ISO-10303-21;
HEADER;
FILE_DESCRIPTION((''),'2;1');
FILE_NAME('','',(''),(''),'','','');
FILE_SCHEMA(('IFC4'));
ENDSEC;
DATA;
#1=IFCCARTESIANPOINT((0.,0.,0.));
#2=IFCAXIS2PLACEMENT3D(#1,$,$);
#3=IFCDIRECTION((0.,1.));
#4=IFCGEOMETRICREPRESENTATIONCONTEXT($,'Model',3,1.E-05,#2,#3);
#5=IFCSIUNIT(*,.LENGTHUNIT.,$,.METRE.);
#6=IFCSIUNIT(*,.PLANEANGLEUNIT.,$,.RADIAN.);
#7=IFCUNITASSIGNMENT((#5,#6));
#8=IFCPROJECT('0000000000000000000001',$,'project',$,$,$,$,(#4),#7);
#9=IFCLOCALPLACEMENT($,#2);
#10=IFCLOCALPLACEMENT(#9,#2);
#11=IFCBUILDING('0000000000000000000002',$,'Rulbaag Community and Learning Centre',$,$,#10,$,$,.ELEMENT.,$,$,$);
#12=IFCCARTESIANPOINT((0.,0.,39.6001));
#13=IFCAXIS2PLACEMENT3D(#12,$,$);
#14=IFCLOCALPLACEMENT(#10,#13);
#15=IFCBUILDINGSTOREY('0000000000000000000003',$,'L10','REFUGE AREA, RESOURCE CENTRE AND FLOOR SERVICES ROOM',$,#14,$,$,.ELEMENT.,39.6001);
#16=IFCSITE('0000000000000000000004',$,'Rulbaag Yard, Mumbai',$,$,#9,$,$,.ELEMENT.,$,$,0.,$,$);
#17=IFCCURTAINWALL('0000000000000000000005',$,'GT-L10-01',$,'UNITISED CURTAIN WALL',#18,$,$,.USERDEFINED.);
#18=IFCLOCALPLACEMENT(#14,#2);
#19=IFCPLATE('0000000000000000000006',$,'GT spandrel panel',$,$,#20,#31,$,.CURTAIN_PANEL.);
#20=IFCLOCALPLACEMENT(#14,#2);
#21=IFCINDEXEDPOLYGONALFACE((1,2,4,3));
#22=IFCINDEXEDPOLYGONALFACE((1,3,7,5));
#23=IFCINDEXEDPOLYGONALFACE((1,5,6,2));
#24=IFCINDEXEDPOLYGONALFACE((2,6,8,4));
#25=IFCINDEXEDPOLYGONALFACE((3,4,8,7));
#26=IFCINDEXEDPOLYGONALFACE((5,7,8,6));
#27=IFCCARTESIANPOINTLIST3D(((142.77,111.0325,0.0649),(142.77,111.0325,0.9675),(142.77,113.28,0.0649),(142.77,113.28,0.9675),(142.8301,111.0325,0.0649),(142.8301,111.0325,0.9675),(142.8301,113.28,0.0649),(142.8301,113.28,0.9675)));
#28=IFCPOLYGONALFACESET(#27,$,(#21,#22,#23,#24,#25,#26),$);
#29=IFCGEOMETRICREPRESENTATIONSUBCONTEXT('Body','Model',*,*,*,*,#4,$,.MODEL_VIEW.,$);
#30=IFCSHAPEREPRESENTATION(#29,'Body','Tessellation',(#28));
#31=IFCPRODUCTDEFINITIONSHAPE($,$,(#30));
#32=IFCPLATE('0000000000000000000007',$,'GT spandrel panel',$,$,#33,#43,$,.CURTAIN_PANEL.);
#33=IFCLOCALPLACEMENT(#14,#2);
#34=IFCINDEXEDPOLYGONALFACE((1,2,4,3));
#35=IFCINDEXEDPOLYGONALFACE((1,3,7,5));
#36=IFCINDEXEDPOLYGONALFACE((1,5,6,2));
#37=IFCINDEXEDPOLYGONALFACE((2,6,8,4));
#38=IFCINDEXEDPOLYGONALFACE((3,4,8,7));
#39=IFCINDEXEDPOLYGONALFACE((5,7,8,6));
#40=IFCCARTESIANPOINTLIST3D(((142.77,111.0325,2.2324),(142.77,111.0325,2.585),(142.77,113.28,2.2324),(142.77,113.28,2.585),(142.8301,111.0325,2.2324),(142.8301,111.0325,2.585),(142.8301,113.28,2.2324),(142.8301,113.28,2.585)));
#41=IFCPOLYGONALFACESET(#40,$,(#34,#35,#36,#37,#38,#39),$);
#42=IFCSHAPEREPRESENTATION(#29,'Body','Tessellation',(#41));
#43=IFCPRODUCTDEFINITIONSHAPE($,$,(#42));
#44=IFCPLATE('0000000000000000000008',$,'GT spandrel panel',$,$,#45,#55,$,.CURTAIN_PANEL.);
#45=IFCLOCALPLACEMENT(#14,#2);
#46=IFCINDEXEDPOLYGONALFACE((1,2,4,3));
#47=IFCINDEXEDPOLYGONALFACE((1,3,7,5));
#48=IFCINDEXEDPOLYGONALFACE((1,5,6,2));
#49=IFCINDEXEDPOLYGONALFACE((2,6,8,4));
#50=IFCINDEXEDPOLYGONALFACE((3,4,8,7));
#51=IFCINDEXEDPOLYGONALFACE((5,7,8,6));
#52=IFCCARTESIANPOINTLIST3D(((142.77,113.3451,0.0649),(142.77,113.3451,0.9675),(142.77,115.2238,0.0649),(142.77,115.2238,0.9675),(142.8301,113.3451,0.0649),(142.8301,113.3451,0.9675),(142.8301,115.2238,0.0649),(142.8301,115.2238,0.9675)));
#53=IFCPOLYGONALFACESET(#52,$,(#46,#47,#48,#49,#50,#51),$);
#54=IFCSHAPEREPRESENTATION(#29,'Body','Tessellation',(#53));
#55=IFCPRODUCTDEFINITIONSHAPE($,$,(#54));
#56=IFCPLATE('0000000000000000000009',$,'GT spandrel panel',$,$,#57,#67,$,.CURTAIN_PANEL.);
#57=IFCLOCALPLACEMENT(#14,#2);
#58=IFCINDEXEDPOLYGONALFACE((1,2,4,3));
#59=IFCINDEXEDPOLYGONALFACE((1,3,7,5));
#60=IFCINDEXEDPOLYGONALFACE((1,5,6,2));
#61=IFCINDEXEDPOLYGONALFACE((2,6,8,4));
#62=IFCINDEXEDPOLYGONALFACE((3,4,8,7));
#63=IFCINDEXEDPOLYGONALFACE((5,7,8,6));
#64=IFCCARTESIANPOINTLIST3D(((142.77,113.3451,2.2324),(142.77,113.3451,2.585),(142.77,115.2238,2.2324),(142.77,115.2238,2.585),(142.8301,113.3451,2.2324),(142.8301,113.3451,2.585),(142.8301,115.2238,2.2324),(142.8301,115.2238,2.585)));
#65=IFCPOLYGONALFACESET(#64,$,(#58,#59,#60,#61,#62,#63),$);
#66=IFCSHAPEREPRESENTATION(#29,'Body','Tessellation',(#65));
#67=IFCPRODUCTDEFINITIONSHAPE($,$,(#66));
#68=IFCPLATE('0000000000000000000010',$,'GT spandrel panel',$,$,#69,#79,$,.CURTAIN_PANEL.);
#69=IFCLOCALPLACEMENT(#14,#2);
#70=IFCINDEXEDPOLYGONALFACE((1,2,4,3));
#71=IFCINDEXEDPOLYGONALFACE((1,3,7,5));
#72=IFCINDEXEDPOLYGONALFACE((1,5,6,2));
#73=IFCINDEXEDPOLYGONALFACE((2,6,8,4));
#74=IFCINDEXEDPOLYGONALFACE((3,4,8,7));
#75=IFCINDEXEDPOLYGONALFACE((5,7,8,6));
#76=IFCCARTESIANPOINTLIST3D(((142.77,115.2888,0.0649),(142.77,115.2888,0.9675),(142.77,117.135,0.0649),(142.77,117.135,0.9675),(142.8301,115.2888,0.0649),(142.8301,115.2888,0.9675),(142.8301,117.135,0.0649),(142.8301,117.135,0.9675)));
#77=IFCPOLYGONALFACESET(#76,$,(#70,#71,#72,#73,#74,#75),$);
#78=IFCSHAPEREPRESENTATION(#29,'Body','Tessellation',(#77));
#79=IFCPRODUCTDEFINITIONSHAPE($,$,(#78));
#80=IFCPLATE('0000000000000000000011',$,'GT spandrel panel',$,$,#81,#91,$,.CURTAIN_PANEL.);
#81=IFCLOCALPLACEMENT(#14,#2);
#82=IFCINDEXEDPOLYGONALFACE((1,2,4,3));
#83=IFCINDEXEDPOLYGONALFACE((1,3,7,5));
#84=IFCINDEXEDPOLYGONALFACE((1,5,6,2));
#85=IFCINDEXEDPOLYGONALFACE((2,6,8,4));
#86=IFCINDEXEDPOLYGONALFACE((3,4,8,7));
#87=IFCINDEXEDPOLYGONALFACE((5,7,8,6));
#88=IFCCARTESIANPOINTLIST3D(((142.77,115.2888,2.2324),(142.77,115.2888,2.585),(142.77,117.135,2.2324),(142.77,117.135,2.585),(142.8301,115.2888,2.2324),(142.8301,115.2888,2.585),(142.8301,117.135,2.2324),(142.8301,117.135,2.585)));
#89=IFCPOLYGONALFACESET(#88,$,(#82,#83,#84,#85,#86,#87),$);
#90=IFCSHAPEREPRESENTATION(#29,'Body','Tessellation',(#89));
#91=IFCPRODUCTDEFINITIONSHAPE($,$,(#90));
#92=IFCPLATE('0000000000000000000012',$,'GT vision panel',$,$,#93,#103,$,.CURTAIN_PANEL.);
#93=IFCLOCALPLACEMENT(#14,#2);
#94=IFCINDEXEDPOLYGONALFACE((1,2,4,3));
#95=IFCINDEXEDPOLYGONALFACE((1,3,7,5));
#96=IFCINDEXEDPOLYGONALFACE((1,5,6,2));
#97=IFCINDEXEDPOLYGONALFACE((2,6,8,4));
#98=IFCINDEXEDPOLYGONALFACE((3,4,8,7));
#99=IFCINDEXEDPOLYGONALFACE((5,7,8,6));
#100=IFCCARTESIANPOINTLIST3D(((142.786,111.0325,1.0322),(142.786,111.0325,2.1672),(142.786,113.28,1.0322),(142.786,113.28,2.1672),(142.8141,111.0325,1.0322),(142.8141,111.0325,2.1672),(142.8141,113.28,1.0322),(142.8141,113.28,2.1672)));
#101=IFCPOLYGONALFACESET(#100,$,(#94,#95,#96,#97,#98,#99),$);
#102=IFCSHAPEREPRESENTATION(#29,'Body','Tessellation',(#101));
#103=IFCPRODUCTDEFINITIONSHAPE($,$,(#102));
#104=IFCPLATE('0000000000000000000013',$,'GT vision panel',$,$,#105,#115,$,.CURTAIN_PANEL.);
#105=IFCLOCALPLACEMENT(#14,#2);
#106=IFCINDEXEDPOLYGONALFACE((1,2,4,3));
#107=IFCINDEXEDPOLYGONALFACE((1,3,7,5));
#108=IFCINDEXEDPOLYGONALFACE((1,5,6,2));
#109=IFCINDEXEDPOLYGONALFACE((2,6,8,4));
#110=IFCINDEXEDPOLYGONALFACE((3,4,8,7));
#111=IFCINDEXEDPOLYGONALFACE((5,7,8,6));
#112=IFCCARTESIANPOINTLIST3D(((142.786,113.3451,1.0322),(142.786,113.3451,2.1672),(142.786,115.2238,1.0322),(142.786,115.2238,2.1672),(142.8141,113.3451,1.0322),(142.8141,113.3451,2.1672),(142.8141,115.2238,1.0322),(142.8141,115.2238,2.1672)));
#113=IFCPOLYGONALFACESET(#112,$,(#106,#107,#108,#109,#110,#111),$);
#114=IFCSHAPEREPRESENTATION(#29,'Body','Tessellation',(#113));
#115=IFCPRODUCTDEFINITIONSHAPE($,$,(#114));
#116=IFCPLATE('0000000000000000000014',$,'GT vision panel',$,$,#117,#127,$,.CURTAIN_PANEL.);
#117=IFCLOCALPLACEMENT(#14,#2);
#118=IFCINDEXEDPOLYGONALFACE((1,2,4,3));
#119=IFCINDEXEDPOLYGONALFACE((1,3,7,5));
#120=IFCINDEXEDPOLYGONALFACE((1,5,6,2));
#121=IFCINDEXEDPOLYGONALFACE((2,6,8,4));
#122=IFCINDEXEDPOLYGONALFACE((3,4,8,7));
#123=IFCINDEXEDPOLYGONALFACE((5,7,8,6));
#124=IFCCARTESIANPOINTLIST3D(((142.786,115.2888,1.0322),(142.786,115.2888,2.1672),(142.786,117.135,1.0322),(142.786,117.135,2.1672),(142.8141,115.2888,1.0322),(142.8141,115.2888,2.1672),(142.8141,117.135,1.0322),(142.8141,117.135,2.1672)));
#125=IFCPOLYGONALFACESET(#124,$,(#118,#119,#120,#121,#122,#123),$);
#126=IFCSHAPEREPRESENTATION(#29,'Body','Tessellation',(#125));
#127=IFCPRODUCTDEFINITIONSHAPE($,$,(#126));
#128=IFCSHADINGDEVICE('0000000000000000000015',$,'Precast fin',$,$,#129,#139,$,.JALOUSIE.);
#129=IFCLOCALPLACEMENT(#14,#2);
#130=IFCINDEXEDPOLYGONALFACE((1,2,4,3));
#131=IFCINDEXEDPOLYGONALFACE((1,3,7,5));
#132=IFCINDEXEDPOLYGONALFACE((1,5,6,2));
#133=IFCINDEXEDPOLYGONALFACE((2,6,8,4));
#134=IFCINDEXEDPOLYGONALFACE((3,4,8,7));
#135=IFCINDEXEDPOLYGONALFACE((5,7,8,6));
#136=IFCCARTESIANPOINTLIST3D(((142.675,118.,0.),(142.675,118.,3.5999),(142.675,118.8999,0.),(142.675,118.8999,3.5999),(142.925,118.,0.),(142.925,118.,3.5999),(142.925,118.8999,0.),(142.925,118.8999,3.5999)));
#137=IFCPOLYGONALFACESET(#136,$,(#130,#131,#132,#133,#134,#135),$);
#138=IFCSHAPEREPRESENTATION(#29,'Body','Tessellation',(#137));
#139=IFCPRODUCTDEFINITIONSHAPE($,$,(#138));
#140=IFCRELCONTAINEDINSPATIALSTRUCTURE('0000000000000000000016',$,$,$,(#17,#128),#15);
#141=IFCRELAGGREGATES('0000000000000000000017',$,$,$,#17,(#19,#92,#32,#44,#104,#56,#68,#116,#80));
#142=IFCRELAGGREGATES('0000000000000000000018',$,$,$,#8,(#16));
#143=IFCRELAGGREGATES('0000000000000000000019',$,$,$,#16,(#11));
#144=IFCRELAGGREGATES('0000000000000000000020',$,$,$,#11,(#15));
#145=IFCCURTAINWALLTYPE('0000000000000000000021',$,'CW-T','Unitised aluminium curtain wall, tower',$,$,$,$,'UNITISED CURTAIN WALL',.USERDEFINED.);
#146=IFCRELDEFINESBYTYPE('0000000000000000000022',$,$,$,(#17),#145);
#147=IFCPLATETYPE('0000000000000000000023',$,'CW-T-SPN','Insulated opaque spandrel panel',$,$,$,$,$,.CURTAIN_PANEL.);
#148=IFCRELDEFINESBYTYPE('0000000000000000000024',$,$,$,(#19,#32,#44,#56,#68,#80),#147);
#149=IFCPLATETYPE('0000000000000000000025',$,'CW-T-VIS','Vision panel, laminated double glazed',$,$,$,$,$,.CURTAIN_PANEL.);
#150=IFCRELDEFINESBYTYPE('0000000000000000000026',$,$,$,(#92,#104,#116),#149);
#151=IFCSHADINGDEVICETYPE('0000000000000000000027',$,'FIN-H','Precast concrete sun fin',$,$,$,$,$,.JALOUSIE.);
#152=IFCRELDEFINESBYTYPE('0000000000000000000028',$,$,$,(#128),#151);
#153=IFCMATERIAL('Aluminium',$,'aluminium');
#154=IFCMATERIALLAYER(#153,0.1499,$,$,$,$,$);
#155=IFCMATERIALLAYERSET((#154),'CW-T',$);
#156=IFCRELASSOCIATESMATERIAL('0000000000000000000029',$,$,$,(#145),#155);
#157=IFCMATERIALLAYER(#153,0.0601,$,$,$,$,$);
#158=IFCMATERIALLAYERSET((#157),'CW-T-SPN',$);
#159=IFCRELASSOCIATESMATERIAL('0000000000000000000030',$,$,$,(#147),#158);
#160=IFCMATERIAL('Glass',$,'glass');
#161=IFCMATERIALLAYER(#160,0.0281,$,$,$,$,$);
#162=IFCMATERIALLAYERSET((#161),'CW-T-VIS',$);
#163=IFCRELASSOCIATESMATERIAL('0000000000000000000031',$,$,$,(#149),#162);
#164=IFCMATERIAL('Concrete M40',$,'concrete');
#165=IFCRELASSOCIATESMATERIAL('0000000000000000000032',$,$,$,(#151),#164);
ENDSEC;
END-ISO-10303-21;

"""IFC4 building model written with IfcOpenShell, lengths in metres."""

from ifc_helpers import new_model, si_unit, direction, frame, origin, origin_2d, place, context, subcontext, project, spatial, rectangle, extrude, material, layer, layer_set, material_profile, profile_set, type_object, element, aggregate, save


model = new_model("IFC4")

# Units and contexts
model_context = context("Model", 3, precision=1e-05, world=origin(), true_north=direction((0.0, 1.0)))
body_context = subcontext(model_context, "Body", "Model", "MODEL_VIEW")
ifc_project = project(units=[si_unit("LENGTHUNIT", "METRE"), si_unit("PLANEANGLEUNIT", "RADIAN")], contexts=[model_context])

# Site, building, storey
site_placement = place(None, origin())
site = spatial("IfcSite", under=ifc_project, at=site_placement, Name="Rulbaag Yard, Mumbai", CompositionType="ELEMENT", RefElevation=0.0)
building_placement = place(site_placement, origin())
building = spatial("IfcBuilding", under=site, at=building_placement, Name="Rulbaag Community and Learning Centre", CompositionType="ELEMENT")
storey_placement = place(building_placement, frame((0.0, 0.0, 39.6001)))
storey = spatial("IfcBuildingStorey", under=building, at=storey_placement, Name="L10", Description="REFUGE AREA, RESOURCE CENTRE AND FLOOR SERVICES ROOM", CompositionType="ELEMENT", Elevation=39.6001)

# Shared definitions
ifc_material_1 = material(Name="Concrete M40", Category="concrete")

# Curtain wall, plates
ifc_material_2 = material(Name="Aluminium", Category="aluminium")
ifc_layer_1 = layer(ifc_material_2, 0.1499)
ifc_layer_set_1 = layer_set([ifc_layer_1], Name="CW-T")
curtain_wall_type = type_object("IfcCurtainWallType", Name="CW-T", Description="Unitised aluminium curtain wall, tower", ElementType="UNITISED CURTAIN WALL", PredefinedType="USERDEFINED", material=ifc_layer_set_1)
curtain_wall_placement = place(storey_placement, origin())
curtain_wall = element("IfcCurtainWall", 1, at=curtain_wall_placement, inside=storey, type_object=curtain_wall_type, Name="GT-L10-01", ObjectType="UNITISED CURTAIN WALL", PredefinedType="USERDEFINED")
ifc_layer_2 = layer(ifc_material_2, 0.0601)
ifc_layer_set_2 = layer_set([ifc_layer_2], Name="CW-T-SPN")
plate_type_1 = type_object("IfcPlateType", Name="CW-T-SPN", Description="Insulated opaque spandrel panel", PredefinedType="CURTAIN_PANEL", material=ifc_layer_set_2)
plate_1_placement = place(storey_placement, frame((142.8, 112.1562, 0.0649), z_axis=(0.0, 0.0, 1.0), x_axis=(0.0, 1.0, 0.0)))
plate_1 = element("IfcPlate", 2, at=plate_1_placement, type_object=plate_type_1, Name="GT spandrel panel", PredefinedType="CURTAIN_PANEL", context=body_context, shape_type="SweptSolid", body=[
    extrude(rectangle(XDim=2.2476, YDim=0.0601, at=origin_2d()), origin(), (0.0, 0.0, 1.0), 0.9026),
])
plate_2_placement = place(storey_placement, frame((142.8, 112.1562, 2.2324), z_axis=(0.0, 0.0, 1.0), x_axis=(0.0, 1.0, 0.0)))
plate_2 = element("IfcPlate", 3, at=plate_2_placement, type_object=plate_type_1, Name="GT spandrel panel", PredefinedType="CURTAIN_PANEL", context=body_context, shape_type="SweptSolid", body=[
    extrude(rectangle(XDim=2.2476, YDim=0.0601, at=origin_2d()), origin(), (0.0, 0.0, 1.0), 0.3525),
])
plate_3_placement = place(storey_placement, frame((142.8, 114.2844, 0.0649), z_axis=(0.0, 0.0, 1.0), x_axis=(0.0, 1.0, 0.0)))
plate_3 = element("IfcPlate", 4, at=plate_3_placement, type_object=plate_type_1, Name="GT spandrel panel", PredefinedType="CURTAIN_PANEL", context=body_context, shape_type="SweptSolid", body=[
    extrude(rectangle(XDim=1.8787, YDim=0.0601, at=origin_2d()), origin(), (0.0, 0.0, 1.0), 0.9026),
])
plate_4_placement = place(storey_placement, frame((142.8, 114.2844, 2.2324), z_axis=(0.0, 0.0, 1.0), x_axis=(0.0, 1.0, 0.0)))
plate_4 = element("IfcPlate", 5, at=plate_4_placement, type_object=plate_type_1, Name="GT spandrel panel", PredefinedType="CURTAIN_PANEL", context=body_context, shape_type="SweptSolid", body=[
    extrude(rectangle(XDim=1.8787, YDim=0.0601, at=origin_2d()), origin(), (0.0, 0.0, 1.0), 0.3525),
])
plate_5_placement = place(storey_placement, frame((142.8, 116.2119, 0.0649), z_axis=(0.0, 0.0, 1.0), x_axis=(0.0, 1.0, 0.0)))
plate_5 = element("IfcPlate", 6, at=plate_5_placement, type_object=plate_type_1, Name="GT spandrel panel", PredefinedType="CURTAIN_PANEL", context=body_context, shape_type="SweptSolid", body=[
    extrude(rectangle(XDim=1.8462, YDim=0.0601, at=origin_2d()), origin(), (0.0, 0.0, 1.0), 0.9026),
])
plate_6_placement = place(storey_placement, frame((142.8, 116.2119, 2.2324), z_axis=(0.0, 0.0, 1.0), x_axis=(0.0, 1.0, 0.0)))
plate_6 = element("IfcPlate", 7, at=plate_6_placement, type_object=plate_type_1, Name="GT spandrel panel", PredefinedType="CURTAIN_PANEL", context=body_context, shape_type="SweptSolid", body=[
    extrude(rectangle(XDim=1.8462, YDim=0.0601, at=origin_2d()), origin(), (0.0, 0.0, 1.0), 0.3525),
])
ifc_material_3 = material(Name="Glass", Category="glass")
ifc_layer_3 = layer(ifc_material_3, 0.0281)
ifc_layer_set_3 = layer_set([ifc_layer_3], Name="CW-T-VIS")
plate_type_2 = type_object("IfcPlateType", Name="CW-T-VIS", Description="Vision panel, laminated double glazed", PredefinedType="CURTAIN_PANEL", material=ifc_layer_set_3)
plate_7_placement = place(storey_placement, frame((142.8, 112.1562, 1.0322), z_axis=(0.0, 0.0, 1.0), x_axis=(0.0, 1.0, 0.0)))
plate_7 = element("IfcPlate", 8, at=plate_7_placement, type_object=plate_type_2, Name="GT vision panel", PredefinedType="CURTAIN_PANEL", context=body_context, shape_type="SweptSolid", body=[
    extrude(rectangle(XDim=2.2476, YDim=0.0281, at=origin_2d()), origin(), (0.0, 0.0, 1.0), 1.135),
])
plate_8_placement = place(storey_placement, frame((142.8, 114.2844, 1.0322), z_axis=(0.0, 0.0, 1.0), x_axis=(0.0, 1.0, 0.0)))
plate_8 = element("IfcPlate", 9, at=plate_8_placement, type_object=plate_type_2, Name="GT vision panel", PredefinedType="CURTAIN_PANEL", context=body_context, shape_type="SweptSolid", body=[
    extrude(rectangle(XDim=1.8787, YDim=0.0281, at=origin_2d()), origin(), (0.0, 0.0, 1.0), 1.135),
])
plate_9_placement = place(storey_placement, frame((142.8, 116.2119, 1.0322), z_axis=(0.0, 0.0, 1.0), x_axis=(0.0, 1.0, 0.0)))
plate_9 = element("IfcPlate", 10, at=plate_9_placement, type_object=plate_type_2, Name="GT vision panel", PredefinedType="CURTAIN_PANEL", context=body_context, shape_type="SweptSolid", body=[
    extrude(rectangle(XDim=1.8462, YDim=0.0281, at=origin_2d()), origin(), (0.0, 0.0, 1.0), 1.135),
])
aggregate(curtain_wall, [plate_1, plate_7, plate_2, plate_3, plate_8, plate_4, plate_5, plate_9, plate_6])

# Shading device
ifc_material_profile_1 = material_profile(ifc_material_1, rectangle(XDim=0.25, YDim=0.8999, at=origin_2d()), Name="PC 250x900")
ifc_profile_set_1 = profile_set([ifc_material_profile_1], Name="Concrete M40")
shading_device_type = type_object("IfcShadingDeviceType", Name="FIN-H", Description="Precast concrete sun fin", PredefinedType="JALOUSIE", material=ifc_profile_set_1)
shading_device_placement = place(storey_placement, frame((142.8, 118.45, 0.0), z_axis=(0.0, 0.0, 1.0), x_axis=(1.0, 0.0, 0.0)))
element("IfcShadingDevice", 11, at=shading_device_placement, inside=storey, type_object=shading_device_type, Name="Precast fin", PredefinedType="JALOUSIE", context=body_context, shape_type="SweptSolid", body=[
    extrude(rectangle(XDim=0.25, YDim=0.8999, at=origin_2d()), origin(), (0.0, 0.0, 1.0), 3.5999),
])

save(model, "model.ifc")
